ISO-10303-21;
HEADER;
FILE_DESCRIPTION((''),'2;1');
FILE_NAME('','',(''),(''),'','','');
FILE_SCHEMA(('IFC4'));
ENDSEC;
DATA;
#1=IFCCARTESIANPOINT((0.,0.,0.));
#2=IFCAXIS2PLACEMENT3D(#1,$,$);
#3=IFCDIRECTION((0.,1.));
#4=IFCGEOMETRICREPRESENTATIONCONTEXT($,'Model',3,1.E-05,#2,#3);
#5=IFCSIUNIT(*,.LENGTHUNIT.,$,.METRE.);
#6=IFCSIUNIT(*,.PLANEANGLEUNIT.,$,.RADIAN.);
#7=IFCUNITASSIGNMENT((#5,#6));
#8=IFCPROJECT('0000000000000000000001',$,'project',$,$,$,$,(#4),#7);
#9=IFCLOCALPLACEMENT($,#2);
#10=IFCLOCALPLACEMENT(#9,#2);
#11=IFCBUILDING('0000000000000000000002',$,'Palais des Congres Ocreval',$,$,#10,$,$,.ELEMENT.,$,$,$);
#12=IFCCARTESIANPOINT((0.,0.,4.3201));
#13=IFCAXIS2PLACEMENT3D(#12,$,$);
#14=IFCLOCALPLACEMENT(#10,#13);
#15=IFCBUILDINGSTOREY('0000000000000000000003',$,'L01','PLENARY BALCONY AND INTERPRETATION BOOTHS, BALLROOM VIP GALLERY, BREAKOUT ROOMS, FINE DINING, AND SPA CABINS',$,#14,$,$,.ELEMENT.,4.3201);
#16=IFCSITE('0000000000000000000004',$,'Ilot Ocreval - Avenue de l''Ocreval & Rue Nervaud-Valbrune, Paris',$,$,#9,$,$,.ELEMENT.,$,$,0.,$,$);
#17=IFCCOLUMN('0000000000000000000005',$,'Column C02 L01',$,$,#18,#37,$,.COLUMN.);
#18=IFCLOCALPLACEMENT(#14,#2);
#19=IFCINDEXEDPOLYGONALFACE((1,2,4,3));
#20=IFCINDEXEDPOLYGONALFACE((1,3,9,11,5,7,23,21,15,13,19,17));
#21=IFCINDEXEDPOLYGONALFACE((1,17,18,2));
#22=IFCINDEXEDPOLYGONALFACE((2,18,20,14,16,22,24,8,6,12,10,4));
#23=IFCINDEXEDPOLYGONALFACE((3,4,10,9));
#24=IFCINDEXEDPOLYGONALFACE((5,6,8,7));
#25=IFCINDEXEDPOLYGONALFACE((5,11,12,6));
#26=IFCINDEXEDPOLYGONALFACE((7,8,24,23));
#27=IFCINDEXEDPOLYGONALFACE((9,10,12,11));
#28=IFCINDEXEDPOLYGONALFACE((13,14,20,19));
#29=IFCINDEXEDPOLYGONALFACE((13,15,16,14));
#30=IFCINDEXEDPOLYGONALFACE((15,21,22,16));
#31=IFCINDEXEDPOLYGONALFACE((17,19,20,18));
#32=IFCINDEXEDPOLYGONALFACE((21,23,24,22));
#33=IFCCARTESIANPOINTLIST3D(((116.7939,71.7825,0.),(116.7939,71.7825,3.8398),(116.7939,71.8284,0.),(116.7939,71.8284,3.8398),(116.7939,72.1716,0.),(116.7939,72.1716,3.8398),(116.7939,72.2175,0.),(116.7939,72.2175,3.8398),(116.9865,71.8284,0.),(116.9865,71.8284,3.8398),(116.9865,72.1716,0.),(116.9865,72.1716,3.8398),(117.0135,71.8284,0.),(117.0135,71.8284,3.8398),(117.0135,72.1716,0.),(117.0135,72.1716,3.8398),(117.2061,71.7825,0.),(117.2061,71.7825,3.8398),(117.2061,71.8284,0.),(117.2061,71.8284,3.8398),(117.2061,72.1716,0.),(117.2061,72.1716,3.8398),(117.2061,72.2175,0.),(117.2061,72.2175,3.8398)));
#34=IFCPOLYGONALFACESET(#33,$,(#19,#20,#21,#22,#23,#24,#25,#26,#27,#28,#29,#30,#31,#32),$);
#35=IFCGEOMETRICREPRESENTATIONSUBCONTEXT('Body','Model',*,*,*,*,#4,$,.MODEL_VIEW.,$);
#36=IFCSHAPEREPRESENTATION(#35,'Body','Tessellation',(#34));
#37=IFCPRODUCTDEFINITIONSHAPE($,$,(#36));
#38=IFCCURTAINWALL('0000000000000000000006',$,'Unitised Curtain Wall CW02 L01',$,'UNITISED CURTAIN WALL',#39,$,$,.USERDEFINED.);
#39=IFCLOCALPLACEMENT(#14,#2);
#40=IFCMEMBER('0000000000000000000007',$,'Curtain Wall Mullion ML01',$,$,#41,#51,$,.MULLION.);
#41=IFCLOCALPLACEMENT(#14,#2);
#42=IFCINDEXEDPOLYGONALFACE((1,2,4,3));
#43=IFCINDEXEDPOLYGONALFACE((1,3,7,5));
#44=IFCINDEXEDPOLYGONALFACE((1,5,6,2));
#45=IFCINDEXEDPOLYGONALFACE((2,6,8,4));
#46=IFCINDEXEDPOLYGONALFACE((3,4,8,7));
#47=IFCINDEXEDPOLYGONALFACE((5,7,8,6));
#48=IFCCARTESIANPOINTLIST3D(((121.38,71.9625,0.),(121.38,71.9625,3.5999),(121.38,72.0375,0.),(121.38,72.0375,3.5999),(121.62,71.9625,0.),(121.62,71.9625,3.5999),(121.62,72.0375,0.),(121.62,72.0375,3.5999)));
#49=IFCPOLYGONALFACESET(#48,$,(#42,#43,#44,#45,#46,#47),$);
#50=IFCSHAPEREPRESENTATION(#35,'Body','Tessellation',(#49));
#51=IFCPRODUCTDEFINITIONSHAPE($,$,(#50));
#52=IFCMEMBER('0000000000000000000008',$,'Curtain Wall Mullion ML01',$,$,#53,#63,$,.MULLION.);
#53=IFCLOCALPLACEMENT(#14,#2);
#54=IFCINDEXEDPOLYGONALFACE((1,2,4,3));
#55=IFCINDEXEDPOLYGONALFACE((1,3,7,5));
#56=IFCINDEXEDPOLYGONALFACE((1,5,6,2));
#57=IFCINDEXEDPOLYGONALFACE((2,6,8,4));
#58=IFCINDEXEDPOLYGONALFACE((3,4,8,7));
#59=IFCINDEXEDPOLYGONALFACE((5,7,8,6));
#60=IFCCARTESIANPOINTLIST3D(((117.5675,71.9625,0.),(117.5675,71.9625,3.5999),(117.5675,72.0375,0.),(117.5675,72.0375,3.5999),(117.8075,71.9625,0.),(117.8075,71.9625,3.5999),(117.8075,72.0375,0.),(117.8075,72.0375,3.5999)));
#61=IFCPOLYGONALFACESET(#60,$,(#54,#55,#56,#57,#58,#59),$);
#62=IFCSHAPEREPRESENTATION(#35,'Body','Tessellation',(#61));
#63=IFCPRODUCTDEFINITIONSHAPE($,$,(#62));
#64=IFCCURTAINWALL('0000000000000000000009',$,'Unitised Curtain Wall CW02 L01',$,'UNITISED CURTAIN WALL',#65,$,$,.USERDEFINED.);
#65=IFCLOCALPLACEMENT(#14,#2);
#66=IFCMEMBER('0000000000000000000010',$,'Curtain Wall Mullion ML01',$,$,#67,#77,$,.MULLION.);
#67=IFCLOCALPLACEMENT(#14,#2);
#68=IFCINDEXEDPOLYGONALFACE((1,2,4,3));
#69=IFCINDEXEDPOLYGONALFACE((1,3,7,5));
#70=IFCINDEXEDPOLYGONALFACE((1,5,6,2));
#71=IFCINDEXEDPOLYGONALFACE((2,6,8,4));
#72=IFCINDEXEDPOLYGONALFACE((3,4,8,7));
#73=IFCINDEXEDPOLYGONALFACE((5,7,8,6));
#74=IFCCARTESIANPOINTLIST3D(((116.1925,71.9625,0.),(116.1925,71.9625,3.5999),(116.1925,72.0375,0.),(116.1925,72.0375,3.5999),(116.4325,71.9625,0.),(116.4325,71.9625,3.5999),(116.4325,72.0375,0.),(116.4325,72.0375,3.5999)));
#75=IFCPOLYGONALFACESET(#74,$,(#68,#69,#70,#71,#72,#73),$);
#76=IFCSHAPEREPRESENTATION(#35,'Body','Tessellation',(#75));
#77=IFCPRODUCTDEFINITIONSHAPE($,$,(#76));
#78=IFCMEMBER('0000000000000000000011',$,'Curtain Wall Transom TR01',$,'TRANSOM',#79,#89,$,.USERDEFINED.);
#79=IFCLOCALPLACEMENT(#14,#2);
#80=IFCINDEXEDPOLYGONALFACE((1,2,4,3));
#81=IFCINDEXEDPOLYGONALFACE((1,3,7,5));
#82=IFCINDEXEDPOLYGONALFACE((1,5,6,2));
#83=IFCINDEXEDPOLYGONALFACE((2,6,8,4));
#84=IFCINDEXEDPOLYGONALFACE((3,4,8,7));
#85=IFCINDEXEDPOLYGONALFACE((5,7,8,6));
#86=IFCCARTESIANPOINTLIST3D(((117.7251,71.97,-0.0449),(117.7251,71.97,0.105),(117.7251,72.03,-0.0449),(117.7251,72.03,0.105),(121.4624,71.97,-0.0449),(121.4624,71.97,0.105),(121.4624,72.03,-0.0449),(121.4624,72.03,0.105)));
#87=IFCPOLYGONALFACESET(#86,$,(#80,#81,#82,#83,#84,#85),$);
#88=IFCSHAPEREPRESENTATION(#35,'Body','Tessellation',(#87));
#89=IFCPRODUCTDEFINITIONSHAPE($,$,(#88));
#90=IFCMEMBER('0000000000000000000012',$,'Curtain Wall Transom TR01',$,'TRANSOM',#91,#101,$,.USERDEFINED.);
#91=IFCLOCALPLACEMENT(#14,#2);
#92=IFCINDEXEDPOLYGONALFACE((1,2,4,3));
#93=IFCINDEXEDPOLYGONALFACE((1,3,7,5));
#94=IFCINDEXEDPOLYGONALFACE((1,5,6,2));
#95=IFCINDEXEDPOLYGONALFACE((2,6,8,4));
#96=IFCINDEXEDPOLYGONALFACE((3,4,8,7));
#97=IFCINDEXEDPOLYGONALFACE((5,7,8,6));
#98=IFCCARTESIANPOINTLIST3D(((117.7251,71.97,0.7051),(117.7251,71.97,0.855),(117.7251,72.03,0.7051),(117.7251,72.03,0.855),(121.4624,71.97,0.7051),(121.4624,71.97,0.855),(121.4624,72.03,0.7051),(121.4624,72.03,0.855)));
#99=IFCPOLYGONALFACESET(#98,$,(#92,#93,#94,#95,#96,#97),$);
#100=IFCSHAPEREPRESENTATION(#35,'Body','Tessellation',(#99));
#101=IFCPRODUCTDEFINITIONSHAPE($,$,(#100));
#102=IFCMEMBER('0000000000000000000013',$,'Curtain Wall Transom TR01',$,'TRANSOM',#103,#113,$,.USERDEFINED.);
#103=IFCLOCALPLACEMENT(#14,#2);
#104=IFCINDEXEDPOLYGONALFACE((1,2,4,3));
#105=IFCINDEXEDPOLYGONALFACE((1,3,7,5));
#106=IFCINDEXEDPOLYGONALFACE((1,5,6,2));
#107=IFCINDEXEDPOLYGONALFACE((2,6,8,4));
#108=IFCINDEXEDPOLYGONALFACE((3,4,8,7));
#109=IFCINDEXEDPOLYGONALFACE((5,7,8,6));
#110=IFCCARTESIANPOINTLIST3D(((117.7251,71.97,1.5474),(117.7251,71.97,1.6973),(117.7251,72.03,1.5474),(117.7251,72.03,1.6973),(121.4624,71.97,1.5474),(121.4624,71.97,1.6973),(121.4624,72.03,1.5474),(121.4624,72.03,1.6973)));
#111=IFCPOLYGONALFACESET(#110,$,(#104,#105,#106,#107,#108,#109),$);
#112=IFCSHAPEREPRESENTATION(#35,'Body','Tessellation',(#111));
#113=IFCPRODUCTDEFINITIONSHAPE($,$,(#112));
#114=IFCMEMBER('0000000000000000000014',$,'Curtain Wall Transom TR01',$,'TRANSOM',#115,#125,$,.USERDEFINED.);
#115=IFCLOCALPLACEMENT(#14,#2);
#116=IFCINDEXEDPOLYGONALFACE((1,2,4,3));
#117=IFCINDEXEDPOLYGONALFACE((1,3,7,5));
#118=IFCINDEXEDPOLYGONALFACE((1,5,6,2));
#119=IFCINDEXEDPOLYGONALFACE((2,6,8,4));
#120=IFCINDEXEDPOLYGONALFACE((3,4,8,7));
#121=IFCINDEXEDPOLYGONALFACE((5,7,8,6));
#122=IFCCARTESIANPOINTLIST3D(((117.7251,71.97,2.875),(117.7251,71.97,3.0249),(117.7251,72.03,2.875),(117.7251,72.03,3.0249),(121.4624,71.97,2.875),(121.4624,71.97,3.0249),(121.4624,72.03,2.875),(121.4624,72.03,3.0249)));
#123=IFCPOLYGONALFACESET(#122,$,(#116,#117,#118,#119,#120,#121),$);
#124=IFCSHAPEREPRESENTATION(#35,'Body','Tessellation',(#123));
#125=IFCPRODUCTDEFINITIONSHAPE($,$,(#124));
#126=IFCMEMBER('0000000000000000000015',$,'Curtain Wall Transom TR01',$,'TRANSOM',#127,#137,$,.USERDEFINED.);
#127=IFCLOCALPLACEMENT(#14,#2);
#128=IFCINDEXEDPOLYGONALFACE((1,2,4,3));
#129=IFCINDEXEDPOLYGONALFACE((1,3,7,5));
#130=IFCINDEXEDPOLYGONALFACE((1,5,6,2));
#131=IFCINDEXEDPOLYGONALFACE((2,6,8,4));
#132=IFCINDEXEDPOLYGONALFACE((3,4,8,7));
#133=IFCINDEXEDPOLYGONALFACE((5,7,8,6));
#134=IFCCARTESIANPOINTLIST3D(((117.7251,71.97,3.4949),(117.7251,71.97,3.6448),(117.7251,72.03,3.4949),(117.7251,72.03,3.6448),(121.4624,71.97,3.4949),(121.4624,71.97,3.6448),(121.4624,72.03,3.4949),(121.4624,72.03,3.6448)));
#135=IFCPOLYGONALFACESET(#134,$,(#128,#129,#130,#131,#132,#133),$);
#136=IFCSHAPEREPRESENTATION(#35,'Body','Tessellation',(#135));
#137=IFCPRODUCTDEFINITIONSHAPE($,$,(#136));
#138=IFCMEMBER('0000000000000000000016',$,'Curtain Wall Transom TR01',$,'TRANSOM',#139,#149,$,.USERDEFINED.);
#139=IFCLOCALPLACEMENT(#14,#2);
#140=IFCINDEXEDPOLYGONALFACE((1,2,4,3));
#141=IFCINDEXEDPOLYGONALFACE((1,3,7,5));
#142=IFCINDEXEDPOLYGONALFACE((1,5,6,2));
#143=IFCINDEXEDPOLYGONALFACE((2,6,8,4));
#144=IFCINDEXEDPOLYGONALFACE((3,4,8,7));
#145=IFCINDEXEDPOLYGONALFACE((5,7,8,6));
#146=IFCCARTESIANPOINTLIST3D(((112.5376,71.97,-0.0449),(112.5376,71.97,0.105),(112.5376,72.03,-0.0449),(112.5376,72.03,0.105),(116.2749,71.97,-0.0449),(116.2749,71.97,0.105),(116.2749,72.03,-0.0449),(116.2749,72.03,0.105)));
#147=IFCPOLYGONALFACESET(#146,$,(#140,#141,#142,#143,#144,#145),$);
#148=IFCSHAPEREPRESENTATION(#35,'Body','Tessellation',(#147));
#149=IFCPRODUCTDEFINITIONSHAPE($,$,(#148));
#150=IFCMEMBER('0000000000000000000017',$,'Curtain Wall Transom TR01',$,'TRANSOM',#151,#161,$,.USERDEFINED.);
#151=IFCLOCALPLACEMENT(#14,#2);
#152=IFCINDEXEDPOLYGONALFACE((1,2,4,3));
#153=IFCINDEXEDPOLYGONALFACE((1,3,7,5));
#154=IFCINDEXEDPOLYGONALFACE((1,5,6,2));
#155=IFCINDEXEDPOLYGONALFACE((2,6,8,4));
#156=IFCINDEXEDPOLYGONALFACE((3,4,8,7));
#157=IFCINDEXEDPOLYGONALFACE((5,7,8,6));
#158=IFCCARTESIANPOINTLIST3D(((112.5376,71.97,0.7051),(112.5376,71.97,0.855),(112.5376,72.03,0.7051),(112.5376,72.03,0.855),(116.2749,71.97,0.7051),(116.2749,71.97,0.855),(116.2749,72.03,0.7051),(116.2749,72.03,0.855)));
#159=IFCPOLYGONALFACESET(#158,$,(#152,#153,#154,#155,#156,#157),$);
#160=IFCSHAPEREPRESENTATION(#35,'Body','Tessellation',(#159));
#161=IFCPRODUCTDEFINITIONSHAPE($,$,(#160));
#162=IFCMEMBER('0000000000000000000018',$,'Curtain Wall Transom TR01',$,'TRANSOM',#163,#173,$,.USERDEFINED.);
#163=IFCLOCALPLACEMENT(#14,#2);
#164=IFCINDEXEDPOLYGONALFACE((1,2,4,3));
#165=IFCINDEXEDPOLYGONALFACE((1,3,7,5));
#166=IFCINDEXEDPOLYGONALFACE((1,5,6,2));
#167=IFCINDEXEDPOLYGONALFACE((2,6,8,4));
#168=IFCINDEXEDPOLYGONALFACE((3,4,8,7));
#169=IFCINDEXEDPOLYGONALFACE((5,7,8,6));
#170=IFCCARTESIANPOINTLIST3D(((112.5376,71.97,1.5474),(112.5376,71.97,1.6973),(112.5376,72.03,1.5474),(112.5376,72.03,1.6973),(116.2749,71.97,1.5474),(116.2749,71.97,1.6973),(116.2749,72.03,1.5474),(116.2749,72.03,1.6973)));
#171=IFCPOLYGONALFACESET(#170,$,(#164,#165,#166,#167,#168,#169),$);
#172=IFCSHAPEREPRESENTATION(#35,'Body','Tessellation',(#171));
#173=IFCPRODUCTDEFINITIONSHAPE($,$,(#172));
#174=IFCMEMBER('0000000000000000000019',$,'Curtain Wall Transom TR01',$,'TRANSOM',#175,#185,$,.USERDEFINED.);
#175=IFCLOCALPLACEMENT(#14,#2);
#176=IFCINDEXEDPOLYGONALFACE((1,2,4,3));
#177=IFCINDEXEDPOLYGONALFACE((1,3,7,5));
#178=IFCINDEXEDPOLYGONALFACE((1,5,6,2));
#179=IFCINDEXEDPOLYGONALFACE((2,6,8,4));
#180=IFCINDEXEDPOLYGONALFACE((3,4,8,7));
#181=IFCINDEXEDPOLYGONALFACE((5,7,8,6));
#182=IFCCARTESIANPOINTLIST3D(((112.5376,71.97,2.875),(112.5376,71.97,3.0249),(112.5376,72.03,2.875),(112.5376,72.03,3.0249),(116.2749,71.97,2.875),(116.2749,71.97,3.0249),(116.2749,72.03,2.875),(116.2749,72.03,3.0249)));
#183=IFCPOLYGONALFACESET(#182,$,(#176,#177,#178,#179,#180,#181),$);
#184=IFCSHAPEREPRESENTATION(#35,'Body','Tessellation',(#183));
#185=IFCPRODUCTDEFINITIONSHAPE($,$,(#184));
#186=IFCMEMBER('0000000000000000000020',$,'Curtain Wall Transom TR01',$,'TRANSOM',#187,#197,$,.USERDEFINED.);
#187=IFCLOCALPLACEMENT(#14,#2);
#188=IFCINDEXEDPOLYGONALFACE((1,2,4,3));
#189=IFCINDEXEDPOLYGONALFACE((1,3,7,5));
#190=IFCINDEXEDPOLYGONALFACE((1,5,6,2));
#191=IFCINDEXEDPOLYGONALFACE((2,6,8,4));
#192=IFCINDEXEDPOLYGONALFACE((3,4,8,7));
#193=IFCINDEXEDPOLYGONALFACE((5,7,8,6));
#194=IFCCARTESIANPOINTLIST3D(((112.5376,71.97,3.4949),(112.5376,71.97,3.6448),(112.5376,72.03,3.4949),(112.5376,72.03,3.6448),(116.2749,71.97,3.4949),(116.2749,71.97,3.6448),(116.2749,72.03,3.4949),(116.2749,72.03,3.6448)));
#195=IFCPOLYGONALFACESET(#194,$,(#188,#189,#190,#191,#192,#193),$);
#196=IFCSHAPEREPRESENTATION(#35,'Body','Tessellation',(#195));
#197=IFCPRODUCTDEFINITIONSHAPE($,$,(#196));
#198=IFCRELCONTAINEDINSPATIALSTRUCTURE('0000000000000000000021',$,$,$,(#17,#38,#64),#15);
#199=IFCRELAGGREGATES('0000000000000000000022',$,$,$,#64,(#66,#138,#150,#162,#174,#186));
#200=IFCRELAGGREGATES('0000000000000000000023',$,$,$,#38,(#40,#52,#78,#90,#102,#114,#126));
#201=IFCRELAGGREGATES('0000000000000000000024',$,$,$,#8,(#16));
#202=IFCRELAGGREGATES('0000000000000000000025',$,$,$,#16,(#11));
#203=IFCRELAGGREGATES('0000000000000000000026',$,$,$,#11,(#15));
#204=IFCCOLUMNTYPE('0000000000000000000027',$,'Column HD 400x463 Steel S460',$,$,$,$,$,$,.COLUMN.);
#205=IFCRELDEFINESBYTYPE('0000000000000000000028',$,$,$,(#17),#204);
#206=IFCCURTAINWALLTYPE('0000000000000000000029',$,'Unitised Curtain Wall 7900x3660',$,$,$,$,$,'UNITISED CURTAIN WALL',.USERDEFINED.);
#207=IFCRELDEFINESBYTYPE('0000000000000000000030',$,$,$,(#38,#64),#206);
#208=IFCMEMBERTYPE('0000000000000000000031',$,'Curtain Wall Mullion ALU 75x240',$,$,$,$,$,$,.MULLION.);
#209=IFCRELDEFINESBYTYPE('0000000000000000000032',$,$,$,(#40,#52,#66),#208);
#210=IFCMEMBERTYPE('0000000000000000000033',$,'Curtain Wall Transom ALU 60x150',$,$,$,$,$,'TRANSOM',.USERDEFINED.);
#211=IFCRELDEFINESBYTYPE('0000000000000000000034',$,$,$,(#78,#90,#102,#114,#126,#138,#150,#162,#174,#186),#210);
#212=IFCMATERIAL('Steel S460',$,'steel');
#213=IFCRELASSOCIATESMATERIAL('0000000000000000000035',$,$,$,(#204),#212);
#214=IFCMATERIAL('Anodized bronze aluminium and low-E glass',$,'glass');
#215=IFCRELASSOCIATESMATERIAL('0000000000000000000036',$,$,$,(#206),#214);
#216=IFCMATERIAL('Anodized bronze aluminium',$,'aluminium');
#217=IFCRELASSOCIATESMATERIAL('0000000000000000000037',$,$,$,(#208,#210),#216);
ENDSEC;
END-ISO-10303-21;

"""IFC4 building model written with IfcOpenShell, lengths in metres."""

from ifc_helpers import new_model, si_unit, direction, frame, origin, origin_2d, place, context, subcontext, project, spatial, rectangle, i_section, extrude, material, material_profile, profile_set, type_object, element, aggregate, save


model = new_model("IFC4")

# Units and contexts
model_context = context("Model", 3, precision=1e-05, world=origin(), true_north=direction((0.0, 1.0)))
body_context = subcontext(model_context, "Body", "Model", "MODEL_VIEW")
ifc_project = project(units=[si_unit("LENGTHUNIT", "METRE"), si_unit("PLANEANGLEUNIT", "RADIAN")], contexts=[model_context])

# Site, building, storey
site_placement = place(None, origin())
site = spatial("IfcSite", under=ifc_project, at=site_placement, Name="Ilot Ocreval - Avenue de l'Ocreval & Rue Nervaud-Valbrune, Paris", CompositionType="ELEMENT", RefElevation=0.0)
building_placement = place(site_placement, origin())
building = spatial("IfcBuilding", under=site, at=building_placement, Name="Palais des Congres Ocreval", CompositionType="ELEMENT")
storey_placement = place(building_placement, frame((0.0, 0.0, 4.3201)))
storey = spatial("IfcBuildingStorey", under=building, at=storey_placement, Name="L01", Description="PLENARY BALCONY AND INTERPRETATION BOOTHS, BALLROOM VIP GALLERY, BREAKOUT ROOMS, FINE DINING, AND SPA CABINS", CompositionType="ELEMENT", Elevation=4.3201)

# Column
ifc_material_1 = material(Name="Steel S460", Category="steel")
ifc_material_profile_1 = material_profile(ifc_material_1, i_section(OverallWidth=0.4121, OverallDepth=0.4351, WebThickness=0.0271, FlangeThickness=0.0459, at=origin_2d()), Name="HD 400x463")
ifc_profile_set_1 = profile_set([ifc_material_profile_1], Name="Steel S460")
column_type = type_object("IfcColumnType", Name="Column HD 400x463 Steel S460", PredefinedType="COLUMN", material=ifc_profile_set_1)
column_placement = place(storey_placement, frame((117.0, 72.0, 0.0), z_axis=(0.0, 0.0, 1.0), x_axis=(1.0, 0.0, 0.0)))
element("IfcColumn", 1, at=column_placement, inside=storey, type_object=column_type, Name="Column C02 L01", PredefinedType="COLUMN", context=body_context, shape_type="SweptSolid", body=[
    extrude(i_section(OverallWidth=0.4121, OverallDepth=0.4351, WebThickness=0.0271, FlangeThickness=0.0459, at=origin_2d()), origin(), (0.0, 0.0, 1.0), 3.8398),
])

# Curtain wall, members
ifc_material_2 = material(Name="Anodized bronze aluminium and low-E glass", Category="glass")
curtain_wall_type = type_object("IfcCurtainWallType", Name="Unitised Curtain Wall 7900x3660", ElementType="UNITISED CURTAIN WALL", PredefinedType="USERDEFINED", material=ifc_material_2)
curtain_wall_1_placement = place(storey_placement, origin())
curtain_wall_1 = element("IfcCurtainWall", 2, at=curtain_wall_1_placement, inside=storey, type_object=curtain_wall_type, Name="Unitised Curtain Wall CW02 L01", ObjectType="UNITISED CURTAIN WALL", PredefinedType="USERDEFINED")
ifc_material_3 = material(Name="Anodized bronze aluminium", Category="aluminium")
ifc_material_profile_2 = material_profile(ifc_material_3, rectangle(XDim=0.075, YDim=0.24, at=origin_2d()), Name="ALU 75x240")
ifc_profile_set_2 = profile_set([ifc_material_profile_2], Name="Anodized bronze aluminium")
member_type_1 = type_object("IfcMemberType", Name="Curtain Wall Mullion ALU 75x240", PredefinedType="MULLION", material=ifc_profile_set_2)
member_1_placement = place(storey_placement, frame((121.5, 72.0, 0.0), z_axis=(0.0, 0.0, 1.0), x_axis=(0.0, -1.0, 0.0)))
member_1 = element("IfcMember", 3, at=member_1_placement, type_object=member_type_1, Name="Curtain Wall Mullion ML01", PredefinedType="MULLION", context=body_context, shape_type="SweptSolid", body=[
    extrude(rectangle(XDim=0.075, YDim=0.24, at=origin_2d()), origin(), (0.0, 0.0, 1.0), 3.5999),
])
member_2_placement = place(storey_placement, frame((117.6875, 72.0, 0.0), z_axis=(0.0, 0.0, 1.0), x_axis=(0.0, -1.0, 0.0)))
member_2 = element("IfcMember", 4, at=member_2_placement, type_object=member_type_1, Name="Curtain Wall Mullion ML01", PredefinedType="MULLION", context=body_context, shape_type="SweptSolid", body=[
    extrude(rectangle(XDim=0.075, YDim=0.24, at=origin_2d()), origin(), (0.0, 0.0, 1.0), 3.5999),
])

# Curtain wall, member
curtain_wall_2_placement = place(storey_placement, origin())
curtain_wall_2 = element("IfcCurtainWall", 5, at=curtain_wall_2_placement, inside=storey, type_object=curtain_wall_type, Name="Unitised Curtain Wall CW02 L01", ObjectType="UNITISED CURTAIN WALL", PredefinedType="USERDEFINED")
member_3_placement = place(storey_placement, frame((116.3125, 72.0, 0.0), z_axis=(0.0, 0.0, 1.0), x_axis=(0.0, -1.0, 0.0)))
member_3 = element("IfcMember", 6, at=member_3_placement, type_object=member_type_1, Name="Curtain Wall Mullion ML01", PredefinedType="MULLION", context=body_context, shape_type="SweptSolid", body=[
    extrude(rectangle(XDim=0.075, YDim=0.24, at=origin_2d()), origin(), (0.0, 0.0, 1.0), 3.5999),
])

# Members
ifc_material_profile_3 = material_profile(ifc_material_3, rectangle(XDim=0.0601, YDim=0.1499, at=origin_2d()), Name="ALU 60x150")
ifc_profile_set_3 = profile_set([ifc_material_profile_3], Name="Anodized bronze aluminium")
member_type_2 = type_object("IfcMemberType", Name="Curtain Wall Transom ALU 60x150", ElementType="TRANSOM", PredefinedType="USERDEFINED", material=ifc_profile_set_3)
member_4_placement = place(storey_placement, frame((121.4624, 72.0, 0.03), z_axis=(-1.0, 0.0, 0.0), x_axis=(0.0, -1.0, 0.0)))
member_4 = element("IfcMember", 7, at=member_4_placement, type_object=member_type_2, Name="Curtain Wall Transom TR01", ObjectType="TRANSOM", PredefinedType="USERDEFINED", context=body_context, shape_type="SweptSolid", body=[
    extrude(rectangle(XDim=0.0601, YDim=0.1499, at=origin_2d()), origin(), (0.0, 0.0, 1.0), 3.7373),
])
member_5_placement = place(storey_placement, frame((121.4624, 72.0, 0.78), z_axis=(-1.0, 0.0, 0.0), x_axis=(0.0, -1.0, 0.0)))
member_5 = element("IfcMember", 8, at=member_5_placement, type_object=member_type_2, Name="Curtain Wall Transom TR01", ObjectType="TRANSOM", PredefinedType="USERDEFINED", context=body_context, shape_type="SweptSolid", body=[
    extrude(rectangle(XDim=0.0601, YDim=0.1499, at=origin_2d()), origin(), (0.0, 0.0, 1.0), 3.7373),
])
member_6_placement = place(storey_placement, frame((121.4624, 72.0, 1.6223), z_axis=(-1.0, 0.0, 0.0), x_axis=(0.0, -1.0, 0.0)))
member_6 = element("IfcMember", 9, at=member_6_placement, type_object=member_type_2, Name="Curtain Wall Transom TR01", ObjectType="TRANSOM", PredefinedType="USERDEFINED", context=body_context, shape_type="SweptSolid", body=[
    extrude(rectangle(XDim=0.0601, YDim=0.1499, at=origin_2d()), origin(), (0.0, 0.0, 1.0), 3.7373),
])
member_7_placement = place(storey_placement, frame((121.4624, 72.0, 2.95), z_axis=(-1.0, 0.0, 0.0), x_axis=(0.0, -1.0, 0.0)))
member_7 = element("IfcMember", 10, at=member_7_placement, type_object=member_type_2, Name="Curtain Wall Transom TR01", ObjectType="TRANSOM", PredefinedType="USERDEFINED", context=body_context, shape_type="SweptSolid", body=[
    extrude(rectangle(XDim=0.0601, YDim=0.1499, at=origin_2d()), origin(), (0.0, 0.0, 1.0), 3.7373),
])
member_8_placement = place(storey_placement, frame((121.4624, 72.0, 3.5698), z_axis=(-1.0, 0.0, 0.0), x_axis=(0.0, -1.0, 0.0)))
member_8 = element("IfcMember", 11, at=member_8_placement, type_object=member_type_2, Name="Curtain Wall Transom TR01", ObjectType="TRANSOM", PredefinedType="USERDEFINED", context=body_context, shape_type="SweptSolid", body=[
    extrude(rectangle(XDim=0.0601, YDim=0.1499, at=origin_2d()), origin(), (0.0, 0.0, 1.0), 3.7373),
])
member_9_placement = place(storey_placement, frame((116.2749, 72.0, 0.03), z_axis=(-1.0, 0.0, 0.0), x_axis=(0.0, -1.0, 0.0)))
member_9 = element("IfcMember", 12, at=member_9_placement, type_object=member_type_2, Name="Curtain Wall Transom TR01", ObjectType="TRANSOM", PredefinedType="USERDEFINED", context=body_context, shape_type="SweptSolid", body=[
    extrude(rectangle(XDim=0.0601, YDim=0.1499, at=origin_2d()), origin(), (0.0, 0.0, 1.0), 3.7373),
])
member_10_placement = place(storey_placement, frame((116.2749, 72.0, 0.78), z_axis=(-1.0, 0.0, 0.0), x_axis=(0.0, -1.0, 0.0)))
member_10 = element("IfcMember", 13, at=member_10_placement, type_object=member_type_2, Name="Curtain Wall Transom TR01", ObjectType="TRANSOM", PredefinedType="USERDEFINED", context=body_context, shape_type="SweptSolid", body=[
    extrude(rectangle(XDim=0.0601, YDim=0.1499, at=origin_2d()), origin(), (0.0, 0.0, 1.0), 3.7373),
])
member_11_placement = place(storey_placement, frame((116.2749, 72.0, 1.6223), z_axis=(-1.0, 0.0, 0.0), x_axis=(0.0, -1.0, 0.0)))
member_11 = element("IfcMember", 14, at=member_11_placement, type_object=member_type_2, Name="Curtain Wall Transom TR01", ObjectType="TRANSOM", PredefinedType="USERDEFINED", context=body_context, shape_type="SweptSolid", body=[
    extrude(rectangle(XDim=0.0601, YDim=0.1499, at=origin_2d()), origin(), (0.0, 0.0, 1.0), 3.7373),
])
member_12_placement = place(storey_placement, frame((116.2749, 72.0, 2.95), z_axis=(-1.0, 0.0, 0.0), x_axis=(0.0, -1.0, 0.0)))
member_12 = element("IfcMember", 15, at=member_12_placement, type_object=member_type_2, Name="Curtain Wall Transom TR01", ObjectType="TRANSOM", PredefinedType="USERDEFINED", context=body_context, shape_type="SweptSolid", body=[
    extrude(rectangle(XDim=0.0601, YDim=0.1499, at=origin_2d()), origin(), (0.0, 0.0, 1.0), 3.7373),
])
member_13_placement = place(storey_placement, frame((116.2749, 72.0, 3.5698), z_axis=(-1.0, 0.0, 0.0), x_axis=(0.0, -1.0, 0.0)))
member_13 = element("IfcMember", 16, at=member_13_placement, type_object=member_type_2, Name="Curtain Wall Transom TR01", ObjectType="TRANSOM", PredefinedType="USERDEFINED", context=body_context, shape_type="SweptSolid", body=[
    extrude(rectangle(XDim=0.0601, YDim=0.1499, at=origin_2d()), origin(), (0.0, 0.0, 1.0), 3.7373),
])

aggregate(curtain_wall_2, [member_3, member_9, member_10, member_11, member_12, member_13])
aggregate(curtain_wall_1, [member_1, member_2, member_4, member_5, member_6, member_7, member_8])

save(model, "model.ifc")
